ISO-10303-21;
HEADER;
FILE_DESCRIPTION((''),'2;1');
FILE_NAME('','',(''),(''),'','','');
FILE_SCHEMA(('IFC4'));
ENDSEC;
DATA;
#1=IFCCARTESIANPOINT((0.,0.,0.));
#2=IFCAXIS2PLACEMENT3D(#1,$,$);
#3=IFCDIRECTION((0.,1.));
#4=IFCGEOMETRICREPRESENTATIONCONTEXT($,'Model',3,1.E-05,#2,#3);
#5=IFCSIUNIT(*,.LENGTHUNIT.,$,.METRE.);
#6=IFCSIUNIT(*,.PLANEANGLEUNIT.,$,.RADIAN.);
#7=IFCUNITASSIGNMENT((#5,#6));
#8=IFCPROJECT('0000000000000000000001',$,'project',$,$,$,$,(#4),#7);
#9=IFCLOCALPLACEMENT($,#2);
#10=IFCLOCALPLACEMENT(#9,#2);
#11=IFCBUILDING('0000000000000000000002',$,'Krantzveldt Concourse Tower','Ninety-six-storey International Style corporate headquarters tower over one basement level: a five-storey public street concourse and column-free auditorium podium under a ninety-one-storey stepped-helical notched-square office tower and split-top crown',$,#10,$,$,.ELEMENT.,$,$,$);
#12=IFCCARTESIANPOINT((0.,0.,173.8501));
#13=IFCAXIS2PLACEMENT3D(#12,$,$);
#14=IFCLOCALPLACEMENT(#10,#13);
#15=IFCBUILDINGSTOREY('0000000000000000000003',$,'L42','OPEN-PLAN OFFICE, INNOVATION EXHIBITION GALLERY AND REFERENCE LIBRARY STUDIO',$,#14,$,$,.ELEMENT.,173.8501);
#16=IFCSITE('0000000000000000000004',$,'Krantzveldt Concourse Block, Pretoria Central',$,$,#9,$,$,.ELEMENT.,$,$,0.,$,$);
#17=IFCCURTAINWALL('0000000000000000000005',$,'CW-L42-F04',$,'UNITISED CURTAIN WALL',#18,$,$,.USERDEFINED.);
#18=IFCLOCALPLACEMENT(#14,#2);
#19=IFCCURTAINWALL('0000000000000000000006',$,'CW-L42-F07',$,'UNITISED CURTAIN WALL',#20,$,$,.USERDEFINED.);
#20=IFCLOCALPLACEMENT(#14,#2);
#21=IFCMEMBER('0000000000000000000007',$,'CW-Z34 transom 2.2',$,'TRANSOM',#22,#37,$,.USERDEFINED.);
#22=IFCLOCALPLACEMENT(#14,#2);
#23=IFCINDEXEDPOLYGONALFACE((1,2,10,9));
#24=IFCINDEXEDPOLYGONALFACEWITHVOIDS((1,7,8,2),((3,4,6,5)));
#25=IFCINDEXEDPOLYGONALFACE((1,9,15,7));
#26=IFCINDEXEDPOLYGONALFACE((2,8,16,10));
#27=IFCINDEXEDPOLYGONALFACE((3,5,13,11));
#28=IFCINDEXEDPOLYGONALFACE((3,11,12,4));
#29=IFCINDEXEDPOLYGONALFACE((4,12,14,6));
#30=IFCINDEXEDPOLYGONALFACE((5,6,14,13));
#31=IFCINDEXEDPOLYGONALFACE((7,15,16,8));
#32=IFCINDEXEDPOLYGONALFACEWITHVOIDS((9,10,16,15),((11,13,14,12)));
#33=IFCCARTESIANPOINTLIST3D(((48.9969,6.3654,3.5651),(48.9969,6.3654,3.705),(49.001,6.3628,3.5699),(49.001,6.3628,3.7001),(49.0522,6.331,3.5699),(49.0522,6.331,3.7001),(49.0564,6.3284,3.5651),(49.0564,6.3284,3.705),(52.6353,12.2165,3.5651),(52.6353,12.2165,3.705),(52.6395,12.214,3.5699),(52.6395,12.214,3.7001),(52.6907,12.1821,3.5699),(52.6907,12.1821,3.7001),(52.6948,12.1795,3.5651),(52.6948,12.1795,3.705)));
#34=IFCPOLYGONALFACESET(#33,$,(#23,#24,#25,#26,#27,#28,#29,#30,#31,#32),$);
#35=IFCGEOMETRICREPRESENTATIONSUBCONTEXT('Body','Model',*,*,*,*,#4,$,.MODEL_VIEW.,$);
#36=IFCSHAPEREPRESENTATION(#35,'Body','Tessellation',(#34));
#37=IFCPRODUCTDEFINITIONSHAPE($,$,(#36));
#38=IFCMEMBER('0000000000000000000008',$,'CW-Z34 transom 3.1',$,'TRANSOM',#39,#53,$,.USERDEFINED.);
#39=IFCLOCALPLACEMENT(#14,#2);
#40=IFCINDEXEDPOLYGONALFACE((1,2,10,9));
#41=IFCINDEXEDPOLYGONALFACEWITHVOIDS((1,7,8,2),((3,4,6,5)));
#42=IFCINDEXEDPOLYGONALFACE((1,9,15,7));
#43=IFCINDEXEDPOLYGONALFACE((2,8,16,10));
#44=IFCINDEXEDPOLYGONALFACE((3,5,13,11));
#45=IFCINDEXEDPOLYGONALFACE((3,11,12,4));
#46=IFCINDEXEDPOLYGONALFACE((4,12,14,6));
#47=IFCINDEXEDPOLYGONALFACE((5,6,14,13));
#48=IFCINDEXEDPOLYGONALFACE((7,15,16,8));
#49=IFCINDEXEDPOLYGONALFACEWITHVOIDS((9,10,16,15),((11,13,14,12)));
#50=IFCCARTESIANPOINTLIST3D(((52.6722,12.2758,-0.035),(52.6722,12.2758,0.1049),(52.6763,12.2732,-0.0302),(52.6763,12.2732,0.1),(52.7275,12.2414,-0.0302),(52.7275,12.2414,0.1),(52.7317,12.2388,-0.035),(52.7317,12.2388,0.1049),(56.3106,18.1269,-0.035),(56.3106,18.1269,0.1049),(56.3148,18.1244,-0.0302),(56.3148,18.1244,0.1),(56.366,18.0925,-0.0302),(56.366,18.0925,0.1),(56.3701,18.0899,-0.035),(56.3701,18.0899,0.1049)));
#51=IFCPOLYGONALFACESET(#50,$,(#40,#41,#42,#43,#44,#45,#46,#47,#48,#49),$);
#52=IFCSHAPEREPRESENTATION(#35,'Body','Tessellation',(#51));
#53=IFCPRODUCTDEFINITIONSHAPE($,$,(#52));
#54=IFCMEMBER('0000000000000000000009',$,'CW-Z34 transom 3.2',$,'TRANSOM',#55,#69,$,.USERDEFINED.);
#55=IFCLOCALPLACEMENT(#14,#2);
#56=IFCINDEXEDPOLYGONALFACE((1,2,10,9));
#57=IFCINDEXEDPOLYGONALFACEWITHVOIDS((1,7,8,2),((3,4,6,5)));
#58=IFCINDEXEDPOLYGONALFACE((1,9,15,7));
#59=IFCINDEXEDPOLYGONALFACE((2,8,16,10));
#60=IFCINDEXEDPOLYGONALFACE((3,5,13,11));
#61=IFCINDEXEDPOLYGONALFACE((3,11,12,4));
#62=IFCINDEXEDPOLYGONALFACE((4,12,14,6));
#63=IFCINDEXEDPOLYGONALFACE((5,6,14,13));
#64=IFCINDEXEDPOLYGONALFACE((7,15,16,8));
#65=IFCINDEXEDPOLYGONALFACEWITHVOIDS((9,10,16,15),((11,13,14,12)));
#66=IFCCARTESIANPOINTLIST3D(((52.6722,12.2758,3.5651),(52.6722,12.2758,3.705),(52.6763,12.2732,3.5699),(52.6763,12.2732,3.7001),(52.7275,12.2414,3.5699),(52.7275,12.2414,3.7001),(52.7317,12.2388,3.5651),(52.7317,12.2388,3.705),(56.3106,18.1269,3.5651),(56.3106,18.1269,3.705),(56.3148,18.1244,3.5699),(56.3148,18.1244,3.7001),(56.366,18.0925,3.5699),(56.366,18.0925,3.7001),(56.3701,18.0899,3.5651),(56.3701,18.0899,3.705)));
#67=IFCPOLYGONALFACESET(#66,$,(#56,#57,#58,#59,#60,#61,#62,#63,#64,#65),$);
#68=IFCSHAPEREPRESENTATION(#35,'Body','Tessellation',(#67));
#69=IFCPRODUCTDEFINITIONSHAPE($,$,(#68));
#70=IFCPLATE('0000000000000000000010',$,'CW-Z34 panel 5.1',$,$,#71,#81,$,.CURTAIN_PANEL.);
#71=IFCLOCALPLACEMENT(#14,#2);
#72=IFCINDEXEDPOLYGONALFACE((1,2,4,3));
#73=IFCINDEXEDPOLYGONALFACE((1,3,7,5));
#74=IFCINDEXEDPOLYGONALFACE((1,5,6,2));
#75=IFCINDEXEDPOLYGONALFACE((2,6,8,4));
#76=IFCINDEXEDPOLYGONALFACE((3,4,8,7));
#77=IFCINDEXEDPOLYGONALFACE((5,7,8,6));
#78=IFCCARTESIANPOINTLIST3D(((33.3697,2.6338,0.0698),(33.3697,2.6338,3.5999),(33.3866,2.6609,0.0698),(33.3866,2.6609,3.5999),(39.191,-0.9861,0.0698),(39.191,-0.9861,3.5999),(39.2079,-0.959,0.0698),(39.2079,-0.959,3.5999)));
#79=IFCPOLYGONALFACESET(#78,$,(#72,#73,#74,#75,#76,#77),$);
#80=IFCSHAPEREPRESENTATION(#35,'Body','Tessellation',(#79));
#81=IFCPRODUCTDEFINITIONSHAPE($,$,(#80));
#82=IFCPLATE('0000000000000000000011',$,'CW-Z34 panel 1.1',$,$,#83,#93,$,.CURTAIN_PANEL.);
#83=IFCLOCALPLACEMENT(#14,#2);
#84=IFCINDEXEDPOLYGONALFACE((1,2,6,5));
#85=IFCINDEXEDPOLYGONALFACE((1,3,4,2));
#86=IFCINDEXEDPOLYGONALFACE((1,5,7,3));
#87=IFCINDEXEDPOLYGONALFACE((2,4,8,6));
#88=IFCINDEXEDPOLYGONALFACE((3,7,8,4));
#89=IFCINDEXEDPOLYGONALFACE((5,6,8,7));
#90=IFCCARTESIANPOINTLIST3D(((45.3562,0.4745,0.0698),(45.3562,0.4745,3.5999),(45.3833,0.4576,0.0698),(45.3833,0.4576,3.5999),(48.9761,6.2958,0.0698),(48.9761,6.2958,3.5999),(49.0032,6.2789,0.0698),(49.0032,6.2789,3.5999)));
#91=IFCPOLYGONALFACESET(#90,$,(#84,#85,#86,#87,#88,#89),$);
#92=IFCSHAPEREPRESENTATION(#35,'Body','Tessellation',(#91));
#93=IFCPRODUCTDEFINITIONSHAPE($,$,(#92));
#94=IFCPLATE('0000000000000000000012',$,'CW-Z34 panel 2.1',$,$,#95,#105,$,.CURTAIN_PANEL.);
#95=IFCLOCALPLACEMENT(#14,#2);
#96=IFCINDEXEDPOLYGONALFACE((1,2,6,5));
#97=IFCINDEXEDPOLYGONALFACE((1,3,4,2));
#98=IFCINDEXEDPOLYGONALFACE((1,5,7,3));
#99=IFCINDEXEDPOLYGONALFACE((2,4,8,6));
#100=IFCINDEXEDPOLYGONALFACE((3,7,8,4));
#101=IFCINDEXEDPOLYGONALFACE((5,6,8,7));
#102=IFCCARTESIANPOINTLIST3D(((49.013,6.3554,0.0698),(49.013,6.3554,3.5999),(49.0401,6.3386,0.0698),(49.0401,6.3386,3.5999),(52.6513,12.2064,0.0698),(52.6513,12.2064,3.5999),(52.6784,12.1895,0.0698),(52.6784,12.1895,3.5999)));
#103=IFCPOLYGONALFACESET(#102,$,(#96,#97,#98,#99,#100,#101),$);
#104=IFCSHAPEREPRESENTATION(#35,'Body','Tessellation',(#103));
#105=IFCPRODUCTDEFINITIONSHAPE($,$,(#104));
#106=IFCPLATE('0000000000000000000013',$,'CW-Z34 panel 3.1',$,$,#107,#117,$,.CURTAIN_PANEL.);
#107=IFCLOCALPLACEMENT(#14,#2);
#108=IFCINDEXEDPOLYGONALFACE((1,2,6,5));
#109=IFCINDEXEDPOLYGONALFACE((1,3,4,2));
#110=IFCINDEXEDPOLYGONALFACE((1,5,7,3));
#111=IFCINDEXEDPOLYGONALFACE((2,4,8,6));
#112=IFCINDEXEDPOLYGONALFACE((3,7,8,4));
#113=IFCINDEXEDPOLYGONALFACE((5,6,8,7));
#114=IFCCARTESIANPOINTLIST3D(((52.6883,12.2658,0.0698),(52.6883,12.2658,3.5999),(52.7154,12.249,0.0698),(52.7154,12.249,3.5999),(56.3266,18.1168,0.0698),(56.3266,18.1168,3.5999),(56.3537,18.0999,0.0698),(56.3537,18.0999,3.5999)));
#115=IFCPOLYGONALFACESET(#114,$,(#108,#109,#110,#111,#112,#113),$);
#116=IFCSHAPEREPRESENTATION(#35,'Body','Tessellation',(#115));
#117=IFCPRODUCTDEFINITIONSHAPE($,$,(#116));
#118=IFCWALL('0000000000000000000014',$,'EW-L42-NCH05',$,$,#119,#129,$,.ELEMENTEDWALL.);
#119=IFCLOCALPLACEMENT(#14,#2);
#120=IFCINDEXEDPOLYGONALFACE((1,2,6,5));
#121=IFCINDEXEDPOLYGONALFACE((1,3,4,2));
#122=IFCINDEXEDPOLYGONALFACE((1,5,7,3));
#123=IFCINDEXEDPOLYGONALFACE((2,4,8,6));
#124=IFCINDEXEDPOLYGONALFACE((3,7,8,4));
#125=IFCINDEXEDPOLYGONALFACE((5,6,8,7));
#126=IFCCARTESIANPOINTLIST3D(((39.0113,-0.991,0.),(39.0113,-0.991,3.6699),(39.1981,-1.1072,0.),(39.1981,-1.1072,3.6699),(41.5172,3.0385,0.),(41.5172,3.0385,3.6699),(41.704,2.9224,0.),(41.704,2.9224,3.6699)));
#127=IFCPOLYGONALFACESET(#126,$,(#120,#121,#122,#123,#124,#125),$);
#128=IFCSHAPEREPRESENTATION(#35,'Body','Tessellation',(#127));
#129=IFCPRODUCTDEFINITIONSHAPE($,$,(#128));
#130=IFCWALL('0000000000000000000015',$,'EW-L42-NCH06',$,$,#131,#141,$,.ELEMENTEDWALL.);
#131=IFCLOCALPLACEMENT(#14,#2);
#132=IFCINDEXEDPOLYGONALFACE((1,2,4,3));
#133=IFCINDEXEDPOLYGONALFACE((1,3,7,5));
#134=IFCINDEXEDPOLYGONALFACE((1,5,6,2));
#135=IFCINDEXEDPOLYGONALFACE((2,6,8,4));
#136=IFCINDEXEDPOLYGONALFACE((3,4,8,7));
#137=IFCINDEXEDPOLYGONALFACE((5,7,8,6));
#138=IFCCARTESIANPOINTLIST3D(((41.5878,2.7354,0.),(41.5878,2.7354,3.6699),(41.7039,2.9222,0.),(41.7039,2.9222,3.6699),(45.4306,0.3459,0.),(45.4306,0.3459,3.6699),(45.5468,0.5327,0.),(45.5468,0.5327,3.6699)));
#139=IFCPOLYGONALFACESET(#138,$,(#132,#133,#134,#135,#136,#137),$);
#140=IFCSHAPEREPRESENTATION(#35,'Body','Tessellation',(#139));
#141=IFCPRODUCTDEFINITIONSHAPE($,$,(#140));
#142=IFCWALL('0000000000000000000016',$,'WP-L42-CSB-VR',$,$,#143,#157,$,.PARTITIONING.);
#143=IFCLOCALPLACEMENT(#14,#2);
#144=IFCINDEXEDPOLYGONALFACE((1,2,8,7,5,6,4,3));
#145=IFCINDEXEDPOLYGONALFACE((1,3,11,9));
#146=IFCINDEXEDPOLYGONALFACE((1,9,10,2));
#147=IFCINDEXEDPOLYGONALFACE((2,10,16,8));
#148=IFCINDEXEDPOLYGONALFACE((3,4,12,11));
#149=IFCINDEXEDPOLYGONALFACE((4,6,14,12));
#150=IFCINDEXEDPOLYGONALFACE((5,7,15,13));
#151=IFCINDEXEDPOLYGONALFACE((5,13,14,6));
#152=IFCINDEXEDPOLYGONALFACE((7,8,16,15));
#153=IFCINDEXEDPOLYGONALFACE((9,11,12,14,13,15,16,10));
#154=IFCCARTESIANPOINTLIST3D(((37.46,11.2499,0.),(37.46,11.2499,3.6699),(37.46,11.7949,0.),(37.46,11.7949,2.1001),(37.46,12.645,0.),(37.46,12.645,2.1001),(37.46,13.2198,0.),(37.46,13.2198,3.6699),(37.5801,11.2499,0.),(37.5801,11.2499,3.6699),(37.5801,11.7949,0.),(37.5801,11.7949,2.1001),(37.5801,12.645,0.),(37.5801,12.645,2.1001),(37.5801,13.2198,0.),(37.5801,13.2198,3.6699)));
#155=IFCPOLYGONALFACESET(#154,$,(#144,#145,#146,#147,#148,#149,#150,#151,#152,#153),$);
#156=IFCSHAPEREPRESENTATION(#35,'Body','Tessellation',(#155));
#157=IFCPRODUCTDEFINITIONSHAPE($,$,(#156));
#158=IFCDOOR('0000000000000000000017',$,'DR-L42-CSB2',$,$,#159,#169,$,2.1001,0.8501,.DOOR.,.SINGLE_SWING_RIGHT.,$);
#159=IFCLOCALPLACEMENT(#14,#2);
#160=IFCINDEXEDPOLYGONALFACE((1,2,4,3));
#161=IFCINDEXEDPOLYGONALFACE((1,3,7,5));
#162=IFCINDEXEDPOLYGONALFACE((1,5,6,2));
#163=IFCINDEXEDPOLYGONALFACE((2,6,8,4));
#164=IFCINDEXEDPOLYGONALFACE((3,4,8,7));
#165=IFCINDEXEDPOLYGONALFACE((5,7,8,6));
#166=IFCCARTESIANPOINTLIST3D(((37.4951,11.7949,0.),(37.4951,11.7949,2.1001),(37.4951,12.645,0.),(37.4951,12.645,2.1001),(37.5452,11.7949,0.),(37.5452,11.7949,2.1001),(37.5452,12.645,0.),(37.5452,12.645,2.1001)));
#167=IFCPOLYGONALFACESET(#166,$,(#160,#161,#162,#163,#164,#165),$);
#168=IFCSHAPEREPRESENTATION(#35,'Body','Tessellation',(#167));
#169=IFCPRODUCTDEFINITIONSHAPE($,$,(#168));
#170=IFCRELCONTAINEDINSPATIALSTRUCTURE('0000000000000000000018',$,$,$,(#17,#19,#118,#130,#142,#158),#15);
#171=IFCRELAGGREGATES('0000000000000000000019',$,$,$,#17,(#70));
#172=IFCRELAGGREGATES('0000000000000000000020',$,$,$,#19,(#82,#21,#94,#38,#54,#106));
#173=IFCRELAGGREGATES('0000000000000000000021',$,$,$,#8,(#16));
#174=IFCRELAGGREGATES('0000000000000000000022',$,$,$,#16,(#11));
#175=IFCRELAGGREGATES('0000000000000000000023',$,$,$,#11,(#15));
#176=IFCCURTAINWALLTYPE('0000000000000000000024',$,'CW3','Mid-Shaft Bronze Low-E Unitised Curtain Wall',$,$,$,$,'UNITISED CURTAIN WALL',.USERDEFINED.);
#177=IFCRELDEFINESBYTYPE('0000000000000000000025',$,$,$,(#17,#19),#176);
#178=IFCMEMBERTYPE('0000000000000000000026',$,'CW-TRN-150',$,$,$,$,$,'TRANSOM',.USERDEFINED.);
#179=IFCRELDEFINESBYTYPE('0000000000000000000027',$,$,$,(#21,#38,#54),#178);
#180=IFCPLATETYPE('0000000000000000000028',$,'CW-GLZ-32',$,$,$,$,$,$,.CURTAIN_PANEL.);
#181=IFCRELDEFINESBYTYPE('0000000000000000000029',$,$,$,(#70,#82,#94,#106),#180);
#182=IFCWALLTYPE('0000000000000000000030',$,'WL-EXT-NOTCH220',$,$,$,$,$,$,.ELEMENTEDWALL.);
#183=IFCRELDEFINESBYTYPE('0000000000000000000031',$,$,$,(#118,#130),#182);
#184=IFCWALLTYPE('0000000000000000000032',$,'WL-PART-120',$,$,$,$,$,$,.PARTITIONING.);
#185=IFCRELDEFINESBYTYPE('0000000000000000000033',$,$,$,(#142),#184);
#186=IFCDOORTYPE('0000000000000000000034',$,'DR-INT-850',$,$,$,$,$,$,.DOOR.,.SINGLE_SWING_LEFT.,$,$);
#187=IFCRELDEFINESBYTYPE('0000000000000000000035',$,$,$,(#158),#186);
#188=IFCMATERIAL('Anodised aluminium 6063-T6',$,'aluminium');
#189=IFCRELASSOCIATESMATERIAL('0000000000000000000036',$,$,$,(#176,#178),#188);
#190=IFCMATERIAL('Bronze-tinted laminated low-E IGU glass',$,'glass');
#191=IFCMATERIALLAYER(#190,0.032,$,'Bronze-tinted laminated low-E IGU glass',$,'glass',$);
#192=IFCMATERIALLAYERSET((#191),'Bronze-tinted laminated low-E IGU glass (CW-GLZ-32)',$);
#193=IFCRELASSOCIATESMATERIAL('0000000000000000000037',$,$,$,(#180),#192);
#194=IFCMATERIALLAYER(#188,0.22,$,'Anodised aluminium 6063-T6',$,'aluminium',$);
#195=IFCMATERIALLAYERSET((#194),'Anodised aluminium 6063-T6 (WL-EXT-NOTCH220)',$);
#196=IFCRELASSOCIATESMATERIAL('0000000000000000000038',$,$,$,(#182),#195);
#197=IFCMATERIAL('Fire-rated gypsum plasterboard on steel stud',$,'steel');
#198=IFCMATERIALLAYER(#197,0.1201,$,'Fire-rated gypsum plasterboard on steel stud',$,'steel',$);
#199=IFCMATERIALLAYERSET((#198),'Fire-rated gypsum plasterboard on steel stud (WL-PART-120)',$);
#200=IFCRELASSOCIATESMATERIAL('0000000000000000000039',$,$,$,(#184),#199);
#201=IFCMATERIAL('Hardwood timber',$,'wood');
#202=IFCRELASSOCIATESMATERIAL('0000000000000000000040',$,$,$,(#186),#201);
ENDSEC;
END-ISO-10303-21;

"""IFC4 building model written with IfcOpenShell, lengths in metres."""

from ifc_helpers import new_model, si_unit, direction, frame, frame_2d, origin, origin_2d, place, context, subcontext, project, spatial, rectangle, hollow_rectangle, extrude, source, transform, mapped, material, layer, layer_set, material_profile, profile_set, type_object, type_shapes, element, fill, aggregate, save


model = new_model("IFC4")

# Units and contexts
model_context = context("Model", 3, precision=1e-05, world=origin(), true_north=direction((0.0, 1.0)))
body_context = subcontext(model_context, "Body", "Model", "MODEL_VIEW")
ifc_project = project(units=[si_unit("LENGTHUNIT", "METRE"), si_unit("PLANEANGLEUNIT", "RADIAN")], contexts=[model_context])

# Site, building, storey
site_placement = place(None, origin())
site = spatial("IfcSite", under=ifc_project, at=site_placement, Name="Krantzveldt Concourse Block, Pretoria Central", CompositionType="ELEMENT", RefElevation=0.0)
building_placement = place(site_placement, origin())
building = spatial("IfcBuilding", under=site, at=building_placement, Name="Krantzveldt Concourse Tower", Description="Ninety-six-storey International Style corporate headquarters tower over one basement level: a five-storey public street concourse and column-free auditorium podium under a ninety-one-storey stepped-helical notched-square office tower and split-top crown", CompositionType="ELEMENT")
storey_placement = place(building_placement, frame((0.0, 0.0, 173.8501)))
storey = spatial("IfcBuildingStorey", under=building, at=storey_placement, Name="L42", Description="OPEN-PLAN OFFICE, INNOVATION EXHIBITION GALLERY AND REFERENCE LIBRARY STUDIO", CompositionType="ELEMENT", Elevation=173.8501)

# Curtain wall
ifc_material_1 = material(Name="Anodised aluminium 6063-T6", Category="aluminium")
curtain_wall_type = type_object("IfcCurtainWallType", Name="CW3", Description="Mid-Shaft Bronze Low-E Unitised Curtain Wall", ElementType="UNITISED CURTAIN WALL", PredefinedType="USERDEFINED", material=ifc_material_1)
curtain_wall_1_placement = place(storey_placement, origin())
curtain_wall_1 = element("IfcCurtainWall", 1, at=curtain_wall_1_placement, inside=storey, type_object=curtain_wall_type, Name="CW-L42-F04", ObjectType="UNITISED CURTAIN WALL", PredefinedType="USERDEFINED")

# Curtain wall, members
curtain_wall_2_placement = place(storey_placement, origin())
curtain_wall_2 = element("IfcCurtainWall", 2, at=curtain_wall_2_placement, inside=storey, type_object=curtain_wall_type, Name="CW-L42-F07", ObjectType="UNITISED CURTAIN WALL", PredefinedType="USERDEFINED")
ifc_material_profile_1 = material_profile(ifc_material_1, hollow_rectangle(XDim=0.0701, YDim=0.1399, WallThickness=0.0049, at=origin_2d()), Name="Anodised aluminium 6063-T6", Category="aluminium")
ifc_profile_set_1 = profile_set([ifc_material_profile_1], Name="Anodised aluminium 6063-T6 - ALU-TRAN 140x70x5")
member_type_1 = type_object("IfcMemberType", Name="CW-TRN-150", ElementType="TRANSOM", PredefinedType="USERDEFINED", material=ifc_profile_set_1)
shared_shape_1 = source(origin(), body_context, "Body", "SweptSolid", [
    extrude(hollow_rectangle(XDim=0.0701, YDim=0.1399, WallThickness=0.0049, at=origin_2d()), origin(), (0.0, 0.0, 1.0), 6.8901),
])
member_1_placement = place(storey_placement, frame((49.0266, 6.3469, 3.635), z_axis=(0.528067, 0.849202, 0.0), x_axis=(-0.849202, 0.528067, 0.0)))
member_1 = element("IfcMember", 3, at=member_1_placement, type_object=member_type_1, Name="CW-Z34 transom 2.2", ObjectType="TRANSOM", PredefinedType="USERDEFINED", context=body_context, shape_type="MappedRepresentation", body=[
    mapped(shared_shape_1, transform((0.0, 0.0, 0.0), x_axis=(1.0, 0.0, 0.0), y_axis=(0.0, 1.0, 0.0), z_axis=(0.0, 0.0, 1.0), scale=1.0)),
])
member_2_placement = place(storey_placement, frame((52.7019, 12.2573, 0.0349), z_axis=(0.528067, 0.849202, 0.0), x_axis=(-0.849202, 0.528067, 0.0)))
member_2 = element("IfcMember", 4, at=member_2_placement, type_object=member_type_1, Name="CW-Z34 transom 3.1", ObjectType="TRANSOM", PredefinedType="USERDEFINED", context=body_context, shape_type="MappedRepresentation", body=[
    mapped(shared_shape_1, transform((0.0, 0.0, 0.0), x_axis=(1.0, 0.0, 0.0), y_axis=(0.0, 1.0, 0.0), z_axis=(0.0, 0.0, 1.0), scale=1.0)),
])
member_3_placement = place(storey_placement, frame((52.7019, 12.2573, 3.635), z_axis=(0.528067, 0.849202, 0.0), x_axis=(-0.849202, 0.528067, 0.0)))
member_3 = element("IfcMember", 5, at=member_3_placement, type_object=member_type_1, Name="CW-Z34 transom 3.2", ObjectType="TRANSOM", PredefinedType="USERDEFINED", context=body_context, shape_type="MappedRepresentation", body=[
    mapped(shared_shape_1, transform((0.0, 0.0, 0.0), x_axis=(1.0, 0.0, 0.0), y_axis=(0.0, 1.0, 0.0), z_axis=(0.0, 0.0, 1.0), scale=1.0)),
])

# Plates
ifc_material_2 = material(Name="Bronze-tinted laminated low-E IGU glass", Category="glass")
ifc_layer_1 = layer(ifc_material_2, 0.032, Name="Bronze-tinted laminated low-E IGU glass", Category="glass")
ifc_layer_set_1 = layer_set([ifc_layer_1], Name="Bronze-tinted laminated low-E IGU glass (CW-GLZ-32)")
plate_type = type_object("IfcPlateType", Name="CW-GLZ-32", PredefinedType="CURTAIN_PANEL", material=ifc_layer_set_1)
shared_shape_2 = source(origin(), body_context, "Body", "SweptSolid", [
    extrude(rectangle(XDim=6.855, YDim=0.032, at=origin_2d()), origin(), (0.0, 0.0, 1.0), 3.53),
])
plate_1_placement = place(storey_placement, frame((36.2888, 0.8374, 0.0698), z_axis=(0.0, 0.0, 1.0), x_axis=(0.849202, -0.528068, 0.0)))
plate_1 = element("IfcPlate", 6, at=plate_1_placement, type_object=plate_type, Name="CW-Z34 panel 5.1", PredefinedType="CURTAIN_PANEL", context=body_context, shape_type="MappedRepresentation", body=[
    mapped(shared_shape_2, transform((0.0, 0.0, 0.0), x_axis=(1.0, 0.0, 0.0), y_axis=(0.0, 1.0, 0.0), z_axis=(0.0, 0.0, 1.0), scale=1.0)),
])
aggregate(curtain_wall_1, [plate_1])
plate_2_placement = place(storey_placement, frame((47.1797, 3.3767, 0.0698), z_axis=(0.0, 0.0, 1.0), x_axis=(0.528068, 0.849202, 0.0)))
plate_2 = element("IfcPlate", 7, at=plate_2_placement, type_object=plate_type, Name="CW-Z34 panel 1.1", PredefinedType="CURTAIN_PANEL", context=body_context, shape_type="MappedRepresentation", body=[
    mapped(shared_shape_2, transform((0.0, 0.0, 0.0), x_axis=(1.0, 0.0, 0.0), y_axis=(0.0, 1.0, 0.0), z_axis=(0.0, 0.0, 1.0), scale=1.0)),
])
shared_shape_3 = source(origin(), body_context, "Body", "SweptSolid", [
    extrude(rectangle(XDim=6.8899, YDim=0.032, at=origin_2d()), origin(), (0.0, 0.0, 1.0), 3.53),
])
type_shapes(plate_type, [shared_shape_2, shared_shape_3])
plate_3_placement = place(storey_placement, frame((50.8457, 9.2725, 0.0698), z_axis=(0.0, 0.0, 1.0), x_axis=(0.528068, 0.849202, 0.0)))
plate_3 = element("IfcPlate", 8, at=plate_3_placement, type_object=plate_type, Name="CW-Z34 panel 2.1", PredefinedType="CURTAIN_PANEL", context=body_context, shape_type="MappedRepresentation", body=[
    mapped(shared_shape_3, transform((0.0, 0.0, 0.0), x_axis=(1.0, 0.0, 0.0), y_axis=(0.0, 1.0, 0.0), z_axis=(0.0, 0.0, 1.0), scale=1.0)),
])
plate_4_placement = place(storey_placement, frame((54.521, 15.1829, 0.0698), z_axis=(0.0, 0.0, 1.0), x_axis=(0.528068, 0.849202, 0.0)))
plate_4 = element("IfcPlate", 9, at=plate_4_placement, type_object=plate_type, Name="CW-Z34 panel 3.1", PredefinedType="CURTAIN_PANEL", context=body_context, shape_type="MappedRepresentation", body=[
    mapped(shared_shape_3, transform((0.0, 0.0, 0.0), x_axis=(1.0, 0.0, 0.0), y_axis=(0.0, 1.0, 0.0), z_axis=(0.0, 0.0, 1.0), scale=1.0)),
])
aggregate(curtain_wall_2, [plate_2, member_1, plate_3, member_2, member_3, plate_4])

# Walls
ifc_layer_2 = layer(ifc_material_1, 0.22, Name="Anodised aluminium 6063-T6", Category="aluminium")
ifc_layer_set_2 = layer_set([ifc_layer_2], Name="Anodised aluminium 6063-T6 (WL-EXT-NOTCH220)")
wall_type_1 = type_object("IfcWallType", Name="WL-EXT-NOTCH220", PredefinedType="ELEMENTEDWALL", material=ifc_layer_set_2)
wall_1_placement = place(storey_placement, frame((39.1047, -1.0491, 0.0), z_axis=(0.0, 0.0, 1.0), x_axis=(0.528088, 0.84919, 0.0)))
element("IfcWall", 10, at=wall_1_placement, inside=storey, type_object=wall_type_1, Name="EW-L42-NCH05", PredefinedType="ELEMENTEDWALL", context=body_context, shape_type="SweptSolid", body=[
    extrude(rectangle(XDim=4.7451, YDim=0.22, at=frame_2d((2.3726, 0.0))), origin(), (0.0, 0.0, 1.0), 3.6699),
])
wall_2_placement = place(storey_placement, frame((41.6458, 2.8289, 0.0), z_axis=(0.0, 0.0, 1.0), x_axis=(0.849221, -0.528038, 0.0)))
element("IfcWall", 11, at=wall_2_placement, inside=storey, type_object=wall_type_1, Name="EW-L42-NCH06", PredefinedType="ELEMENTEDWALL", context=body_context, shape_type="SweptSolid", body=[
    extrude(rectangle(XDim=4.5251, YDim=0.22, at=frame_2d((2.2627, 0.0))), origin(), (0.0, 0.0, 1.0), 3.6699),
])

# Wall, opening, door
ifc_material_3 = material(Name="Fire-rated gypsum plasterboard on steel stud", Category="steel")
ifc_layer_3 = layer(ifc_material_3, 0.1201, Name="Fire-rated gypsum plasterboard on steel stud", Category="steel")
ifc_layer_set_3 = layer_set([ifc_layer_3], Name="Fire-rated gypsum plasterboard on steel stud (WL-PART-120)")
wall_type_2 = type_object("IfcWallType", Name="WL-PART-120", PredefinedType="PARTITIONING", material=ifc_layer_set_3)
wall_3_placement = place(storey_placement, frame((37.52, 11.25, 0.0), z_axis=(0.0, 0.0, 1.0), x_axis=(0.0, 1.0, 0.0)))
wall_3 = element("IfcWall", 12, at=wall_3_placement, inside=storey, type_object=wall_type_2, Name="WP-L42-CSB-VR", PredefinedType="PARTITIONING", context=body_context, shape_type="SweptSolid", body=[
    extrude(rectangle(XDim=1.97, YDim=0.1201, at=frame_2d((0.9849, 0.0))), origin(), (0.0, 0.0, 1.0), 3.6699),
])
opening_1_placement = place(wall_3_placement, frame((0.5449, 0.0, 0.0)))
opening_1 = element("IfcOpeningElement", 13, at=opening_1_placement, cuts=wall_3, PredefinedType="OPENING", context=body_context, shape_type="SweptSolid", body=[
    extrude(rectangle(XDim=0.8501, YDim=2.1001, at=frame_2d((0.425, 1.05))), frame((0.0, 0.0701, 0.0), z_axis=(0.0, -1.0, 0.0), x_axis=(1.0, 0.0, 0.0)), (0.0, 0.0, 1.0), 0.1401),
])
ifc_material_4 = material(Name="Hardwood timber", Category="wood")
door_type_1 = type_object("IfcDoorType", Name="DR-INT-850", OperationType="SINGLE_SWING_LEFT", PredefinedType="DOOR", material=ifc_material_4)
door_1_placement = place(opening_1_placement, origin())
door_1 = element("IfcDoor", 14, at=door_1_placement, inside=storey, type_object=door_type_1, Name="DR-L42-CSB2", OperationType="SINGLE_SWING_RIGHT", OverallHeight=2.1001, OverallWidth=0.8501, PredefinedType="DOOR", context=body_context, shape_type="SweptSolid", body=[
    extrude(rectangle(XDim=0.8501, YDim=2.1001, at=frame_2d((0.425, 1.05))), frame((0.0, 0.0249, 0.0), z_axis=(0.0, -1.0, 0.0), x_axis=(1.0, 0.0, 0.0)), (0.0, 0.0, 1.0), 0.05),
])
fill(opening_1, door_1)

save(model, "model.ifc")
